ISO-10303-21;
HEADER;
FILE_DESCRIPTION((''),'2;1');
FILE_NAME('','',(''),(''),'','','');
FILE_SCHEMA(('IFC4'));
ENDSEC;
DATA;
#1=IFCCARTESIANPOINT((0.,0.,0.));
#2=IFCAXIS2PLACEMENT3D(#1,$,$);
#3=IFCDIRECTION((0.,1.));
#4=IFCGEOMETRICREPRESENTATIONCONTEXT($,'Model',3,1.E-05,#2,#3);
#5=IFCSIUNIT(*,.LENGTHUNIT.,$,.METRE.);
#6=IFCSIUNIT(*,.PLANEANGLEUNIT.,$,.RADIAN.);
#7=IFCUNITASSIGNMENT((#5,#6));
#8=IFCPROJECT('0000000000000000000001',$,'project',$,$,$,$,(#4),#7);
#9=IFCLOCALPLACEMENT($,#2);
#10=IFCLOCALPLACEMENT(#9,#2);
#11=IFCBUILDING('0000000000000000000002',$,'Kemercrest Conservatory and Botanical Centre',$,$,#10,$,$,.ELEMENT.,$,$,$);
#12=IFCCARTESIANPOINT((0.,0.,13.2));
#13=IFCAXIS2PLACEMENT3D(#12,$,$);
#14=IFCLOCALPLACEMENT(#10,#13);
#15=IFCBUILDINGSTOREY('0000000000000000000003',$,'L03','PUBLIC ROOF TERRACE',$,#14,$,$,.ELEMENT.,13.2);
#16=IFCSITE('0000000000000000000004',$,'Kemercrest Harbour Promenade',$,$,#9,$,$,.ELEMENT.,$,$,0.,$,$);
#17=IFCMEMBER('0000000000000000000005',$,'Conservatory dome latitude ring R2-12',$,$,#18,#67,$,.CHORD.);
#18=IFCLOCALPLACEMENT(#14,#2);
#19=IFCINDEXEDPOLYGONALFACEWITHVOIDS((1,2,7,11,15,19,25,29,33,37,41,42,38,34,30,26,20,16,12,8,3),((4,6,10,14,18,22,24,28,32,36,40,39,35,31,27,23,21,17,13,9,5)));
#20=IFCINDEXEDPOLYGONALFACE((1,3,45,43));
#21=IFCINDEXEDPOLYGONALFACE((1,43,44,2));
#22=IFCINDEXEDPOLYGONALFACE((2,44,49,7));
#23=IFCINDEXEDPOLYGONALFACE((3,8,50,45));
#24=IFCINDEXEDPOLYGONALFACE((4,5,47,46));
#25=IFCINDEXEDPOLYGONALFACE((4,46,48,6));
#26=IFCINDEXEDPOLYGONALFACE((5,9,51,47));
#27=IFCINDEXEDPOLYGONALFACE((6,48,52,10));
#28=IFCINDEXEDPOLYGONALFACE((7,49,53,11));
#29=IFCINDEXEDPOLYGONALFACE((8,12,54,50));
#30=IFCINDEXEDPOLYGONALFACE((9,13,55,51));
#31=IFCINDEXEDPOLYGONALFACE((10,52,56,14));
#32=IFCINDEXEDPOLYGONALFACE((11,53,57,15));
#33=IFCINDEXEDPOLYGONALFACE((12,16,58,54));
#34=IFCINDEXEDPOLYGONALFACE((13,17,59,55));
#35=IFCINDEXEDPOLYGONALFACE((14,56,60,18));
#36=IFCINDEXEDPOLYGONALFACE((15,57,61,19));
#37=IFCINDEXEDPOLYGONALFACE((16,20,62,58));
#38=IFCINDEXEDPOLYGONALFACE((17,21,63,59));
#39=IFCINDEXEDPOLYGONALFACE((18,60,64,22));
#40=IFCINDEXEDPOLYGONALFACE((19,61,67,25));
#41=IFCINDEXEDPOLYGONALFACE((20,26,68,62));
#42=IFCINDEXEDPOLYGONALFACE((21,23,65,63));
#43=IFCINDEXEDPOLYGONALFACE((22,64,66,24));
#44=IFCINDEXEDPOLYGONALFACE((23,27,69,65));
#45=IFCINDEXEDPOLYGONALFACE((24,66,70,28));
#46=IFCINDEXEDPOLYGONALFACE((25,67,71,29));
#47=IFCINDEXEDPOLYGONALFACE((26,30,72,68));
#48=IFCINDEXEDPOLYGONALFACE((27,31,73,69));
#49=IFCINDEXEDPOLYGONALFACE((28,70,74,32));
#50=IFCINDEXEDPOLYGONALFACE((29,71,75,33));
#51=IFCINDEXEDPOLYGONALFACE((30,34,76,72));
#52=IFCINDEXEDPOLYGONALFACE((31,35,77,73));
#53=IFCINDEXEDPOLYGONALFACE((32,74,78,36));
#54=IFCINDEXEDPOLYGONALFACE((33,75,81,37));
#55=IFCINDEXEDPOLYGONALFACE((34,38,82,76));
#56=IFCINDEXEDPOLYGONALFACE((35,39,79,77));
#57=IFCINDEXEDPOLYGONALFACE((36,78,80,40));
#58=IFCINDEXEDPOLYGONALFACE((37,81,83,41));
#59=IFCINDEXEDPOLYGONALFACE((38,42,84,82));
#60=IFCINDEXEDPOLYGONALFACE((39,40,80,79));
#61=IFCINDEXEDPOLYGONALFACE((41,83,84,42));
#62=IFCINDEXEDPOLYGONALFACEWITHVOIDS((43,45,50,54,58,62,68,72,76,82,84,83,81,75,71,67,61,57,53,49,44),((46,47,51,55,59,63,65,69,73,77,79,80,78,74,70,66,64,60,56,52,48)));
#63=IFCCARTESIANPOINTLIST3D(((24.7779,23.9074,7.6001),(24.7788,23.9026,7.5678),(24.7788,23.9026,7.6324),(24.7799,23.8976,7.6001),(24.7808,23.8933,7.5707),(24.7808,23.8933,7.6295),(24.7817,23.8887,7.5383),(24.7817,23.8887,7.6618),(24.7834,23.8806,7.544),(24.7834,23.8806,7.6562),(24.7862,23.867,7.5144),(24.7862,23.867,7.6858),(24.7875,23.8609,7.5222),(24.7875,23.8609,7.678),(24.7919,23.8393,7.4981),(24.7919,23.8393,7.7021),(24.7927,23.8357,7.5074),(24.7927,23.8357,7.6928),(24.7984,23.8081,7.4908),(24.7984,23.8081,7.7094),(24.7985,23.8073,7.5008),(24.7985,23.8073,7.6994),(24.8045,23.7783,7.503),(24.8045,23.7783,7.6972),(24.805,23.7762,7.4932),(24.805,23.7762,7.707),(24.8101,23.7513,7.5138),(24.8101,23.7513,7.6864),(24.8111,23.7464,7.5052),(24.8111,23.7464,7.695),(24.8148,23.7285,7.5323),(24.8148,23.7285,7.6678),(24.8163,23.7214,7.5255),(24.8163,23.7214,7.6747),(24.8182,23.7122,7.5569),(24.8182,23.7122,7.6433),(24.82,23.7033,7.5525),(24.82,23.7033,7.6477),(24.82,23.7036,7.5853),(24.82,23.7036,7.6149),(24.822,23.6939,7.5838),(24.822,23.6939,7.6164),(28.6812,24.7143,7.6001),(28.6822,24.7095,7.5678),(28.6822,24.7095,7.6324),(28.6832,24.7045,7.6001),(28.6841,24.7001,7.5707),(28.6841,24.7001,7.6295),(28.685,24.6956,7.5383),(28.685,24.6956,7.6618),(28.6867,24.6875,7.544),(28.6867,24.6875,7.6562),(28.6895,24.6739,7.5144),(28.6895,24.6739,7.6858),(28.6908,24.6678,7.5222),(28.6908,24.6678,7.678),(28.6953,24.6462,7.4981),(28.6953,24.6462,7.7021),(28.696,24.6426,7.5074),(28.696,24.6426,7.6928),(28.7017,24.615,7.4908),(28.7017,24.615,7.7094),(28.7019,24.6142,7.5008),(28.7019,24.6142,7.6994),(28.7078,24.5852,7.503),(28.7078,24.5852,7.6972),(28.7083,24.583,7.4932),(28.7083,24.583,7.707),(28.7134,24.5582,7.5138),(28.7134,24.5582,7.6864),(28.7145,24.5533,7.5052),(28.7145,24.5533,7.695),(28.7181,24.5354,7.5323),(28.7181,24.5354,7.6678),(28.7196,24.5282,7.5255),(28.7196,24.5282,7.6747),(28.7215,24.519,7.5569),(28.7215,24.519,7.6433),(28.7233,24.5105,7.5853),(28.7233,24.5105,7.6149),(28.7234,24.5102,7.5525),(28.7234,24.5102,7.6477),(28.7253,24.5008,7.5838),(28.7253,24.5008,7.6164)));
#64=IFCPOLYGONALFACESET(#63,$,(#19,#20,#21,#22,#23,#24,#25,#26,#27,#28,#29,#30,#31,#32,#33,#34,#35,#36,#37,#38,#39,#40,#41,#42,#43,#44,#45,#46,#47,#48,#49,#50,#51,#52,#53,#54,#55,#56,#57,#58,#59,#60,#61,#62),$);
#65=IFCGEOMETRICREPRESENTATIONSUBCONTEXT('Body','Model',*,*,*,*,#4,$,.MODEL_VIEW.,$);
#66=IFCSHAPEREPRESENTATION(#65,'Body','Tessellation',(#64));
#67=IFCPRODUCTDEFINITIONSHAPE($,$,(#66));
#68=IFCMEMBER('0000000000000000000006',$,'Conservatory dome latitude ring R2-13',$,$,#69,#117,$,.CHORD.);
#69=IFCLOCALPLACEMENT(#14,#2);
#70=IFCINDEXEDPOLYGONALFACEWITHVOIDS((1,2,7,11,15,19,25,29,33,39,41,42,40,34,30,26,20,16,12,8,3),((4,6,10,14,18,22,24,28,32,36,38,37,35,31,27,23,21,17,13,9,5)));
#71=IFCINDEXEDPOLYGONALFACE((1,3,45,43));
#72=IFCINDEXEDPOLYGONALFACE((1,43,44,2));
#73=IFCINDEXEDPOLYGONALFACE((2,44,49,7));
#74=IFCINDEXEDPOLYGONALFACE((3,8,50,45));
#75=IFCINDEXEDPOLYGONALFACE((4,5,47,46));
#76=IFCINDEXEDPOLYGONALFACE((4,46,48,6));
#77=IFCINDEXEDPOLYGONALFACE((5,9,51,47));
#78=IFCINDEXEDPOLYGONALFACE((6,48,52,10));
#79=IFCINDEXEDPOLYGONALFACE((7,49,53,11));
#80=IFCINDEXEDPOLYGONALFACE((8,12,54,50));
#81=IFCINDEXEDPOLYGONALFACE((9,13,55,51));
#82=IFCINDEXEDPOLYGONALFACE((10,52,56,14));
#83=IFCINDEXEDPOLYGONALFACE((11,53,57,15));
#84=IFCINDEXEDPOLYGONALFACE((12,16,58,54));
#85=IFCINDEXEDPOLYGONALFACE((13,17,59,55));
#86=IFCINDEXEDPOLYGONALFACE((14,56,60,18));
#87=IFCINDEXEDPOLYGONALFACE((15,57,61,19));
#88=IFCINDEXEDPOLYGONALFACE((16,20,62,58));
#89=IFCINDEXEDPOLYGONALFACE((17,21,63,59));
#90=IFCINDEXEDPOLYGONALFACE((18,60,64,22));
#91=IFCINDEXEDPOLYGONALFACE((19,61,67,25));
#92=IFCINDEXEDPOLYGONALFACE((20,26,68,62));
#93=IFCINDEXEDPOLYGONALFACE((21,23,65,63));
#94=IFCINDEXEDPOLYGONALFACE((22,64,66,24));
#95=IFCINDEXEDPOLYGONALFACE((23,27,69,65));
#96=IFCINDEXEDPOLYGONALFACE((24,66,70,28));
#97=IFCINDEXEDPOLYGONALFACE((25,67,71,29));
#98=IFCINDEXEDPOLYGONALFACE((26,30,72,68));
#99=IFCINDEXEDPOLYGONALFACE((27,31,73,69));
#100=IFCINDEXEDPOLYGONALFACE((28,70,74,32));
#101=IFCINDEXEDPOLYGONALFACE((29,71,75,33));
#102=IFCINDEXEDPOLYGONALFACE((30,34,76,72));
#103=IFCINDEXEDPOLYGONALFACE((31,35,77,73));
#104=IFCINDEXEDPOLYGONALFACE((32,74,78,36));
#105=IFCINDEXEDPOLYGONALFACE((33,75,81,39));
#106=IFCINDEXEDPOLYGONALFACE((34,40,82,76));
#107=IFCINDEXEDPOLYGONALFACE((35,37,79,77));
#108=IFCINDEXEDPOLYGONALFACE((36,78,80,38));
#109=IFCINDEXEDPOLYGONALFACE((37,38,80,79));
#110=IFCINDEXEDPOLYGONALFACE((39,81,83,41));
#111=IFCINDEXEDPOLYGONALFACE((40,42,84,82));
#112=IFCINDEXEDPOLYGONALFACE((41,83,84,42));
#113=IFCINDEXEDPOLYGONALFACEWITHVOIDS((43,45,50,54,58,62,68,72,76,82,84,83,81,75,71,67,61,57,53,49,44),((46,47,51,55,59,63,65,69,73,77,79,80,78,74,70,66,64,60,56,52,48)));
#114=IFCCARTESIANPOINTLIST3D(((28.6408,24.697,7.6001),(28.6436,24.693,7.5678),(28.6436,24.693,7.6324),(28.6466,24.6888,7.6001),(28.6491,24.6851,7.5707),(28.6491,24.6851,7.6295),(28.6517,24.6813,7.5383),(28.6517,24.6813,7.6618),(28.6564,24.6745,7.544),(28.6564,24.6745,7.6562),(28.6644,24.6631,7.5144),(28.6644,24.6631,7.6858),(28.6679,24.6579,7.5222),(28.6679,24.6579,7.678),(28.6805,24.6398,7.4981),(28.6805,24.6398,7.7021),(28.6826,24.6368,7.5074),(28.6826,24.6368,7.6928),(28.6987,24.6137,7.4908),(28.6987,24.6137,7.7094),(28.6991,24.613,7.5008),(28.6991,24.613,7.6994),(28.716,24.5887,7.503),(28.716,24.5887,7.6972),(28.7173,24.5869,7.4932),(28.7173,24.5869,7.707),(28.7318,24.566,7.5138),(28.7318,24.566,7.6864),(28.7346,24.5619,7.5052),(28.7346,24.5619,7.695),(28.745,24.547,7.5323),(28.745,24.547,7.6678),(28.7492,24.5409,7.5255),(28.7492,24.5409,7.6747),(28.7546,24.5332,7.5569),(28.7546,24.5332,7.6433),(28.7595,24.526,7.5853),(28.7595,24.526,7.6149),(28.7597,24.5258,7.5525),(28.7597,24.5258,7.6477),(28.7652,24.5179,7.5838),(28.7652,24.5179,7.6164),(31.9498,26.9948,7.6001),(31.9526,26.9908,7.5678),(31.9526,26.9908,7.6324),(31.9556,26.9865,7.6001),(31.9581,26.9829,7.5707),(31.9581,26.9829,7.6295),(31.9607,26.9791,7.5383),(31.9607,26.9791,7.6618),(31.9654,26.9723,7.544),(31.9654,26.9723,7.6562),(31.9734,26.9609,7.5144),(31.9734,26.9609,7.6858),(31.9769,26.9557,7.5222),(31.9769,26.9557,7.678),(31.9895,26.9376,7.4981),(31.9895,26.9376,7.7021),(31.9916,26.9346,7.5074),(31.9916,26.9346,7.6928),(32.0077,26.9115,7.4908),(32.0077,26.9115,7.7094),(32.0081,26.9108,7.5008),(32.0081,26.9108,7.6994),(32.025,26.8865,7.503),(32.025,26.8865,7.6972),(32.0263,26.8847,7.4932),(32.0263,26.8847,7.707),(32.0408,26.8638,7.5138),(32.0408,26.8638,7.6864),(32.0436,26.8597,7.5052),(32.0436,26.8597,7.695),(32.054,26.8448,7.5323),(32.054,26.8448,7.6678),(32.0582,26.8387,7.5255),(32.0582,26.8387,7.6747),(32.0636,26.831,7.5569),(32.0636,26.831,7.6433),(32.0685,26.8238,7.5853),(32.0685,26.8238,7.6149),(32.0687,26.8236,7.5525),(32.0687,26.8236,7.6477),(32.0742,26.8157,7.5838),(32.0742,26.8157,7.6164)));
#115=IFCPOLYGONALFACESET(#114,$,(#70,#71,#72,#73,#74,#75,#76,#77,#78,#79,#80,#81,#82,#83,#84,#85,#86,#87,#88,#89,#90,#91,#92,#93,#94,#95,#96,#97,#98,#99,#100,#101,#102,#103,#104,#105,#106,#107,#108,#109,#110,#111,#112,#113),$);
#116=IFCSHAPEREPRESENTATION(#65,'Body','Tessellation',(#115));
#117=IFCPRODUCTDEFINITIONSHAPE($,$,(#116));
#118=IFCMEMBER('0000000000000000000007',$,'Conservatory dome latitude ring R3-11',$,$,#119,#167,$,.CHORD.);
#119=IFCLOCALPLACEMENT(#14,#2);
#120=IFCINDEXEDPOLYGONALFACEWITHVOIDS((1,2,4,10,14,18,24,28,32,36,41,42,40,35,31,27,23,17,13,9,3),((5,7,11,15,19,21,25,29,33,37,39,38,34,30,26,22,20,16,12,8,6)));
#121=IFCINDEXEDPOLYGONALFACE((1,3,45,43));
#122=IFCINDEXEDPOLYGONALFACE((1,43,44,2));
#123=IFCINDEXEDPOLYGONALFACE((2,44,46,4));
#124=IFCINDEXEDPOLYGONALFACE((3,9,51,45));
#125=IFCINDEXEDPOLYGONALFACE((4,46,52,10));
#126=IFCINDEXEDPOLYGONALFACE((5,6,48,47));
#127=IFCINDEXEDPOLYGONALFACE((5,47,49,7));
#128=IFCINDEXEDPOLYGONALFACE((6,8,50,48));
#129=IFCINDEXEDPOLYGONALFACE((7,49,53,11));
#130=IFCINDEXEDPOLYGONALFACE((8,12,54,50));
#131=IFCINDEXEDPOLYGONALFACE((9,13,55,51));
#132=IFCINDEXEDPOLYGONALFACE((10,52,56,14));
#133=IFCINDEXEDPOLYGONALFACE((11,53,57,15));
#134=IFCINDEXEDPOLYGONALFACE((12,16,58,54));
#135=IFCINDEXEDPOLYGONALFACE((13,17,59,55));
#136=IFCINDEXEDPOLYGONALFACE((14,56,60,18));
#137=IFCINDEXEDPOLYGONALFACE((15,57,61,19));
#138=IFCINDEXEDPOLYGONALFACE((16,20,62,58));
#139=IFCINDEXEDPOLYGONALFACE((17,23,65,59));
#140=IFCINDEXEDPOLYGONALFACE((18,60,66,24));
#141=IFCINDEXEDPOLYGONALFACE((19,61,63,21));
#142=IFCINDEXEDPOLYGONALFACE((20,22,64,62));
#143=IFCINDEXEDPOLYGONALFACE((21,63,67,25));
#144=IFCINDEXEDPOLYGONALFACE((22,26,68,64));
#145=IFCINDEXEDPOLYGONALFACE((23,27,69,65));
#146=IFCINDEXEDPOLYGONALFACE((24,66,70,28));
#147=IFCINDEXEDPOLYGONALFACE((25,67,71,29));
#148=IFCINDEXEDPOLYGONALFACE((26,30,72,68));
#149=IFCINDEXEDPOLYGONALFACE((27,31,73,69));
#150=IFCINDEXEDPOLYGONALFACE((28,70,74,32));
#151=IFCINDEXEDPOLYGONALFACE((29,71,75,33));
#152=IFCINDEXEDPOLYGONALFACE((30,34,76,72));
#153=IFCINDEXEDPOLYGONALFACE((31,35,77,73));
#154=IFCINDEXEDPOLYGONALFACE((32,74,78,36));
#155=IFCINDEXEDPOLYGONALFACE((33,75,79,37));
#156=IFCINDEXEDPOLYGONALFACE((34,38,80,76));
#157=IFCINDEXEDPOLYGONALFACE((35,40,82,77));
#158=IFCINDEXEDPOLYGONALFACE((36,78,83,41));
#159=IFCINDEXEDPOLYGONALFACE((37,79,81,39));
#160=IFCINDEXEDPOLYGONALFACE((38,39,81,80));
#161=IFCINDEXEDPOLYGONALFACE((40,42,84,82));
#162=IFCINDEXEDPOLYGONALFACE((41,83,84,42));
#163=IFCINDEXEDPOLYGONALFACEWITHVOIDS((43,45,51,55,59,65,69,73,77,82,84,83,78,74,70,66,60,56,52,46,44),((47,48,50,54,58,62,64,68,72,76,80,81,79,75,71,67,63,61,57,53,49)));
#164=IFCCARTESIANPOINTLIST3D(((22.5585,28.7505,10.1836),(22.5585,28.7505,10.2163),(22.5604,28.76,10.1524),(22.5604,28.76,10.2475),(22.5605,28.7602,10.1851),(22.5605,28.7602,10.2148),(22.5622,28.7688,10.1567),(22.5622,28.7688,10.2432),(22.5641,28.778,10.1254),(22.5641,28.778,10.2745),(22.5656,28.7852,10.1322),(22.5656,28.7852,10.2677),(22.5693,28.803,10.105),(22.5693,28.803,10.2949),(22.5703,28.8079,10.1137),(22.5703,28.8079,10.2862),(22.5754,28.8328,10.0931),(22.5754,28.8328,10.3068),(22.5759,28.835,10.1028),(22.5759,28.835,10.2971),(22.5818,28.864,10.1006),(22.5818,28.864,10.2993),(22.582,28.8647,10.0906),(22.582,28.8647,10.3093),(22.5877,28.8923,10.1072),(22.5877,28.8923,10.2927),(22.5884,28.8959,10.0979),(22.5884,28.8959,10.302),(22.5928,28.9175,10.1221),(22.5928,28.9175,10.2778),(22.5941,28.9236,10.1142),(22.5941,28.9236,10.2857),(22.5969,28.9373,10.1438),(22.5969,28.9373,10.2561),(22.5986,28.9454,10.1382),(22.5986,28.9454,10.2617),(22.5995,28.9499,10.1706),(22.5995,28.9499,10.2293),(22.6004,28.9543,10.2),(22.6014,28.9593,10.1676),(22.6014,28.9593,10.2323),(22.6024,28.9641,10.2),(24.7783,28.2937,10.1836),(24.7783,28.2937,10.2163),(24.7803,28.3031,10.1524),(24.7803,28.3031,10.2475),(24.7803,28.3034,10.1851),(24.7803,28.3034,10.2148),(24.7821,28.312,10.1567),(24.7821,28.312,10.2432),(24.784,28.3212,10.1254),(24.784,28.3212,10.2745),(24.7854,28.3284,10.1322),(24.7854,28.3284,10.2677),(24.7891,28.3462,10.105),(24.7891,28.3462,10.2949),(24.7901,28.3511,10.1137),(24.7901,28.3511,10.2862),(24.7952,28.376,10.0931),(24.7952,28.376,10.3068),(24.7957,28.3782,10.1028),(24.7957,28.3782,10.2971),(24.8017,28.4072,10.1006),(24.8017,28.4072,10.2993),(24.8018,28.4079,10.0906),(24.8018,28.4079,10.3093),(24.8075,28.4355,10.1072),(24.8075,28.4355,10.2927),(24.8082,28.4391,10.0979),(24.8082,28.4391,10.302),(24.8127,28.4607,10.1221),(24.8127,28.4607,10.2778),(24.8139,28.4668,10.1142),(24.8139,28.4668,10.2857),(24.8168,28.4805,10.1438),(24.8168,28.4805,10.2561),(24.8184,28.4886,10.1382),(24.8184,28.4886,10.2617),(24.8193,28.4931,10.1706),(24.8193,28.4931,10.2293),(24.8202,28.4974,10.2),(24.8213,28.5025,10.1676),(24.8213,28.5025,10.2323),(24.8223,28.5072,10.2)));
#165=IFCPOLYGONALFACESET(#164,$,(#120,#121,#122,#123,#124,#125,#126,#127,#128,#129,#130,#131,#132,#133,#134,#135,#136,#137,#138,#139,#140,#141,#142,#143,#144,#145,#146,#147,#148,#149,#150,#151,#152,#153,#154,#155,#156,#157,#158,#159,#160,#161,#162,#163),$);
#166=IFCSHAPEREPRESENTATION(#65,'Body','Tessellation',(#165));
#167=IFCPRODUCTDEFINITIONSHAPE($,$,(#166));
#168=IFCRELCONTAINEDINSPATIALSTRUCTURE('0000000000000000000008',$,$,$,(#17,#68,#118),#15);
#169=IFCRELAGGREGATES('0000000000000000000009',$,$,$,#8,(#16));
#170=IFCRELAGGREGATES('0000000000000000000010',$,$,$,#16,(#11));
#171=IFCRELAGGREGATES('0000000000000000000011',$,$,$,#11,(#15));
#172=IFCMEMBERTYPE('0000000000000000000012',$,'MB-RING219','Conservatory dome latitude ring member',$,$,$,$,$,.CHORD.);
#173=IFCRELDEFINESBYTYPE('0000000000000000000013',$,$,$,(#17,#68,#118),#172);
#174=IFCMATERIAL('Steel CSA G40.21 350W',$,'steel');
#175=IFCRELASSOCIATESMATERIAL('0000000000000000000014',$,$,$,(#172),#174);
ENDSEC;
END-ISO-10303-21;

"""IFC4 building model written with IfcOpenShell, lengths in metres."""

from ifc_helpers import new_model, si_unit, direction, frame, origin, origin_2d, place, context, subcontext, project, spatial, hollow_circle, extrude, material, material_profile, profile_set, type_object, element, save


model = new_model("IFC4")

# Units and contexts
model_context = context("Model", 3, precision=1e-05, world=origin(), true_north=direction((0.0, 1.0)))
body_context = subcontext(model_context, "Body", "Model", "MODEL_VIEW")
ifc_project = project(units=[si_unit("LENGTHUNIT", "METRE"), si_unit("PLANEANGLEUNIT", "RADIAN")], contexts=[model_context])

# Site, building, storey
site_placement = place(None, origin())
site = spatial("IfcSite", under=ifc_project, at=site_placement, Name="Kemercrest Harbour Promenade", CompositionType="ELEMENT", RefElevation=0.0)
building_placement = place(site_placement, origin())
building = spatial("IfcBuilding", under=site, at=building_placement, Name="Kemercrest Conservatory and Botanical Centre", CompositionType="ELEMENT")
storey_placement = place(building_placement, frame((0.0, 0.0, 13.2)))
storey = spatial("IfcBuildingStorey", under=building, at=storey_placement, Name="L03", Description="PUBLIC ROOF TERRACE", CompositionType="ELEMENT", Elevation=13.2)

# Shared definitions
ifc_material_1 = material(Name="Steel CSA G40.21 350W", Category="steel")

# Members
ifc_material_profile_1 = material_profile(ifc_material_1, hollow_circle(Radius=0.1096, WallThickness=0.01, at=origin_2d()), Name="CHS 219.1x10.0")
ifc_profile_set_1 = profile_set([ifc_material_profile_1], Name="Steel CSA G40.21 350W")
member_type_1 = type_object("IfcMemberType", Name="MB-RING219", Description="Conservatory dome latitude ring member", PredefinedType="CHORD", material=ifc_profile_set_1)
member_1_placement = place(storey_placement, frame((24.8, 23.8, 7.6001), z_axis=(0.979295, 0.202437, 0.0), x_axis=(-0.202437, 0.979295, 0.0)))
element("IfcMember", 1, at=member_1_placement, inside=storey, type_object=member_type_1, Name="Conservatory dome latitude ring R2-12", PredefinedType="CHORD", context=body_context, shape_type="SweptSolid", body=[
    extrude(hollow_circle(Radius=0.1096, WallThickness=0.01, at=origin_2d()), origin(), (0.0, 0.0, 1.0), 3.9858),
])
member_2_placement = place(storey_placement, frame((28.7034, 24.6069, 7.6001), z_axis=(0.821384, 0.570375, 0.0), x_axis=(-0.570375, 0.821384, 0.0)))
element("IfcMember", 2, at=member_2_placement, inside=storey, type_object=member_type_1, Name="Conservatory dome latitude ring R2-13", PredefinedType="CHORD", context=body_context, shape_type="SweptSolid", body=[
    extrude(hollow_circle(Radius=0.1096, WallThickness=0.01, at=origin_2d()), origin(), (0.0, 0.0, 1.0), 4.0286),
])
member_3_placement = place(storey_placement, frame((22.5803, 28.8567, 10.2), z_axis=(0.979476, -0.201562, 0.0), x_axis=(0.201562, 0.979476, 0.0)))
element("IfcMember", 3, at=member_3_placement, inside=storey, type_object=member_type_1, Name="Conservatory dome latitude ring R3-11", PredefinedType="CHORD", context=body_context, shape_type="SweptSolid", body=[
    extrude(hollow_circle(Radius=0.1096, WallThickness=0.01, at=origin_2d()), origin(), (0.0, 0.0, 1.0), 2.2664),
])

save(model, "model.ifc")
